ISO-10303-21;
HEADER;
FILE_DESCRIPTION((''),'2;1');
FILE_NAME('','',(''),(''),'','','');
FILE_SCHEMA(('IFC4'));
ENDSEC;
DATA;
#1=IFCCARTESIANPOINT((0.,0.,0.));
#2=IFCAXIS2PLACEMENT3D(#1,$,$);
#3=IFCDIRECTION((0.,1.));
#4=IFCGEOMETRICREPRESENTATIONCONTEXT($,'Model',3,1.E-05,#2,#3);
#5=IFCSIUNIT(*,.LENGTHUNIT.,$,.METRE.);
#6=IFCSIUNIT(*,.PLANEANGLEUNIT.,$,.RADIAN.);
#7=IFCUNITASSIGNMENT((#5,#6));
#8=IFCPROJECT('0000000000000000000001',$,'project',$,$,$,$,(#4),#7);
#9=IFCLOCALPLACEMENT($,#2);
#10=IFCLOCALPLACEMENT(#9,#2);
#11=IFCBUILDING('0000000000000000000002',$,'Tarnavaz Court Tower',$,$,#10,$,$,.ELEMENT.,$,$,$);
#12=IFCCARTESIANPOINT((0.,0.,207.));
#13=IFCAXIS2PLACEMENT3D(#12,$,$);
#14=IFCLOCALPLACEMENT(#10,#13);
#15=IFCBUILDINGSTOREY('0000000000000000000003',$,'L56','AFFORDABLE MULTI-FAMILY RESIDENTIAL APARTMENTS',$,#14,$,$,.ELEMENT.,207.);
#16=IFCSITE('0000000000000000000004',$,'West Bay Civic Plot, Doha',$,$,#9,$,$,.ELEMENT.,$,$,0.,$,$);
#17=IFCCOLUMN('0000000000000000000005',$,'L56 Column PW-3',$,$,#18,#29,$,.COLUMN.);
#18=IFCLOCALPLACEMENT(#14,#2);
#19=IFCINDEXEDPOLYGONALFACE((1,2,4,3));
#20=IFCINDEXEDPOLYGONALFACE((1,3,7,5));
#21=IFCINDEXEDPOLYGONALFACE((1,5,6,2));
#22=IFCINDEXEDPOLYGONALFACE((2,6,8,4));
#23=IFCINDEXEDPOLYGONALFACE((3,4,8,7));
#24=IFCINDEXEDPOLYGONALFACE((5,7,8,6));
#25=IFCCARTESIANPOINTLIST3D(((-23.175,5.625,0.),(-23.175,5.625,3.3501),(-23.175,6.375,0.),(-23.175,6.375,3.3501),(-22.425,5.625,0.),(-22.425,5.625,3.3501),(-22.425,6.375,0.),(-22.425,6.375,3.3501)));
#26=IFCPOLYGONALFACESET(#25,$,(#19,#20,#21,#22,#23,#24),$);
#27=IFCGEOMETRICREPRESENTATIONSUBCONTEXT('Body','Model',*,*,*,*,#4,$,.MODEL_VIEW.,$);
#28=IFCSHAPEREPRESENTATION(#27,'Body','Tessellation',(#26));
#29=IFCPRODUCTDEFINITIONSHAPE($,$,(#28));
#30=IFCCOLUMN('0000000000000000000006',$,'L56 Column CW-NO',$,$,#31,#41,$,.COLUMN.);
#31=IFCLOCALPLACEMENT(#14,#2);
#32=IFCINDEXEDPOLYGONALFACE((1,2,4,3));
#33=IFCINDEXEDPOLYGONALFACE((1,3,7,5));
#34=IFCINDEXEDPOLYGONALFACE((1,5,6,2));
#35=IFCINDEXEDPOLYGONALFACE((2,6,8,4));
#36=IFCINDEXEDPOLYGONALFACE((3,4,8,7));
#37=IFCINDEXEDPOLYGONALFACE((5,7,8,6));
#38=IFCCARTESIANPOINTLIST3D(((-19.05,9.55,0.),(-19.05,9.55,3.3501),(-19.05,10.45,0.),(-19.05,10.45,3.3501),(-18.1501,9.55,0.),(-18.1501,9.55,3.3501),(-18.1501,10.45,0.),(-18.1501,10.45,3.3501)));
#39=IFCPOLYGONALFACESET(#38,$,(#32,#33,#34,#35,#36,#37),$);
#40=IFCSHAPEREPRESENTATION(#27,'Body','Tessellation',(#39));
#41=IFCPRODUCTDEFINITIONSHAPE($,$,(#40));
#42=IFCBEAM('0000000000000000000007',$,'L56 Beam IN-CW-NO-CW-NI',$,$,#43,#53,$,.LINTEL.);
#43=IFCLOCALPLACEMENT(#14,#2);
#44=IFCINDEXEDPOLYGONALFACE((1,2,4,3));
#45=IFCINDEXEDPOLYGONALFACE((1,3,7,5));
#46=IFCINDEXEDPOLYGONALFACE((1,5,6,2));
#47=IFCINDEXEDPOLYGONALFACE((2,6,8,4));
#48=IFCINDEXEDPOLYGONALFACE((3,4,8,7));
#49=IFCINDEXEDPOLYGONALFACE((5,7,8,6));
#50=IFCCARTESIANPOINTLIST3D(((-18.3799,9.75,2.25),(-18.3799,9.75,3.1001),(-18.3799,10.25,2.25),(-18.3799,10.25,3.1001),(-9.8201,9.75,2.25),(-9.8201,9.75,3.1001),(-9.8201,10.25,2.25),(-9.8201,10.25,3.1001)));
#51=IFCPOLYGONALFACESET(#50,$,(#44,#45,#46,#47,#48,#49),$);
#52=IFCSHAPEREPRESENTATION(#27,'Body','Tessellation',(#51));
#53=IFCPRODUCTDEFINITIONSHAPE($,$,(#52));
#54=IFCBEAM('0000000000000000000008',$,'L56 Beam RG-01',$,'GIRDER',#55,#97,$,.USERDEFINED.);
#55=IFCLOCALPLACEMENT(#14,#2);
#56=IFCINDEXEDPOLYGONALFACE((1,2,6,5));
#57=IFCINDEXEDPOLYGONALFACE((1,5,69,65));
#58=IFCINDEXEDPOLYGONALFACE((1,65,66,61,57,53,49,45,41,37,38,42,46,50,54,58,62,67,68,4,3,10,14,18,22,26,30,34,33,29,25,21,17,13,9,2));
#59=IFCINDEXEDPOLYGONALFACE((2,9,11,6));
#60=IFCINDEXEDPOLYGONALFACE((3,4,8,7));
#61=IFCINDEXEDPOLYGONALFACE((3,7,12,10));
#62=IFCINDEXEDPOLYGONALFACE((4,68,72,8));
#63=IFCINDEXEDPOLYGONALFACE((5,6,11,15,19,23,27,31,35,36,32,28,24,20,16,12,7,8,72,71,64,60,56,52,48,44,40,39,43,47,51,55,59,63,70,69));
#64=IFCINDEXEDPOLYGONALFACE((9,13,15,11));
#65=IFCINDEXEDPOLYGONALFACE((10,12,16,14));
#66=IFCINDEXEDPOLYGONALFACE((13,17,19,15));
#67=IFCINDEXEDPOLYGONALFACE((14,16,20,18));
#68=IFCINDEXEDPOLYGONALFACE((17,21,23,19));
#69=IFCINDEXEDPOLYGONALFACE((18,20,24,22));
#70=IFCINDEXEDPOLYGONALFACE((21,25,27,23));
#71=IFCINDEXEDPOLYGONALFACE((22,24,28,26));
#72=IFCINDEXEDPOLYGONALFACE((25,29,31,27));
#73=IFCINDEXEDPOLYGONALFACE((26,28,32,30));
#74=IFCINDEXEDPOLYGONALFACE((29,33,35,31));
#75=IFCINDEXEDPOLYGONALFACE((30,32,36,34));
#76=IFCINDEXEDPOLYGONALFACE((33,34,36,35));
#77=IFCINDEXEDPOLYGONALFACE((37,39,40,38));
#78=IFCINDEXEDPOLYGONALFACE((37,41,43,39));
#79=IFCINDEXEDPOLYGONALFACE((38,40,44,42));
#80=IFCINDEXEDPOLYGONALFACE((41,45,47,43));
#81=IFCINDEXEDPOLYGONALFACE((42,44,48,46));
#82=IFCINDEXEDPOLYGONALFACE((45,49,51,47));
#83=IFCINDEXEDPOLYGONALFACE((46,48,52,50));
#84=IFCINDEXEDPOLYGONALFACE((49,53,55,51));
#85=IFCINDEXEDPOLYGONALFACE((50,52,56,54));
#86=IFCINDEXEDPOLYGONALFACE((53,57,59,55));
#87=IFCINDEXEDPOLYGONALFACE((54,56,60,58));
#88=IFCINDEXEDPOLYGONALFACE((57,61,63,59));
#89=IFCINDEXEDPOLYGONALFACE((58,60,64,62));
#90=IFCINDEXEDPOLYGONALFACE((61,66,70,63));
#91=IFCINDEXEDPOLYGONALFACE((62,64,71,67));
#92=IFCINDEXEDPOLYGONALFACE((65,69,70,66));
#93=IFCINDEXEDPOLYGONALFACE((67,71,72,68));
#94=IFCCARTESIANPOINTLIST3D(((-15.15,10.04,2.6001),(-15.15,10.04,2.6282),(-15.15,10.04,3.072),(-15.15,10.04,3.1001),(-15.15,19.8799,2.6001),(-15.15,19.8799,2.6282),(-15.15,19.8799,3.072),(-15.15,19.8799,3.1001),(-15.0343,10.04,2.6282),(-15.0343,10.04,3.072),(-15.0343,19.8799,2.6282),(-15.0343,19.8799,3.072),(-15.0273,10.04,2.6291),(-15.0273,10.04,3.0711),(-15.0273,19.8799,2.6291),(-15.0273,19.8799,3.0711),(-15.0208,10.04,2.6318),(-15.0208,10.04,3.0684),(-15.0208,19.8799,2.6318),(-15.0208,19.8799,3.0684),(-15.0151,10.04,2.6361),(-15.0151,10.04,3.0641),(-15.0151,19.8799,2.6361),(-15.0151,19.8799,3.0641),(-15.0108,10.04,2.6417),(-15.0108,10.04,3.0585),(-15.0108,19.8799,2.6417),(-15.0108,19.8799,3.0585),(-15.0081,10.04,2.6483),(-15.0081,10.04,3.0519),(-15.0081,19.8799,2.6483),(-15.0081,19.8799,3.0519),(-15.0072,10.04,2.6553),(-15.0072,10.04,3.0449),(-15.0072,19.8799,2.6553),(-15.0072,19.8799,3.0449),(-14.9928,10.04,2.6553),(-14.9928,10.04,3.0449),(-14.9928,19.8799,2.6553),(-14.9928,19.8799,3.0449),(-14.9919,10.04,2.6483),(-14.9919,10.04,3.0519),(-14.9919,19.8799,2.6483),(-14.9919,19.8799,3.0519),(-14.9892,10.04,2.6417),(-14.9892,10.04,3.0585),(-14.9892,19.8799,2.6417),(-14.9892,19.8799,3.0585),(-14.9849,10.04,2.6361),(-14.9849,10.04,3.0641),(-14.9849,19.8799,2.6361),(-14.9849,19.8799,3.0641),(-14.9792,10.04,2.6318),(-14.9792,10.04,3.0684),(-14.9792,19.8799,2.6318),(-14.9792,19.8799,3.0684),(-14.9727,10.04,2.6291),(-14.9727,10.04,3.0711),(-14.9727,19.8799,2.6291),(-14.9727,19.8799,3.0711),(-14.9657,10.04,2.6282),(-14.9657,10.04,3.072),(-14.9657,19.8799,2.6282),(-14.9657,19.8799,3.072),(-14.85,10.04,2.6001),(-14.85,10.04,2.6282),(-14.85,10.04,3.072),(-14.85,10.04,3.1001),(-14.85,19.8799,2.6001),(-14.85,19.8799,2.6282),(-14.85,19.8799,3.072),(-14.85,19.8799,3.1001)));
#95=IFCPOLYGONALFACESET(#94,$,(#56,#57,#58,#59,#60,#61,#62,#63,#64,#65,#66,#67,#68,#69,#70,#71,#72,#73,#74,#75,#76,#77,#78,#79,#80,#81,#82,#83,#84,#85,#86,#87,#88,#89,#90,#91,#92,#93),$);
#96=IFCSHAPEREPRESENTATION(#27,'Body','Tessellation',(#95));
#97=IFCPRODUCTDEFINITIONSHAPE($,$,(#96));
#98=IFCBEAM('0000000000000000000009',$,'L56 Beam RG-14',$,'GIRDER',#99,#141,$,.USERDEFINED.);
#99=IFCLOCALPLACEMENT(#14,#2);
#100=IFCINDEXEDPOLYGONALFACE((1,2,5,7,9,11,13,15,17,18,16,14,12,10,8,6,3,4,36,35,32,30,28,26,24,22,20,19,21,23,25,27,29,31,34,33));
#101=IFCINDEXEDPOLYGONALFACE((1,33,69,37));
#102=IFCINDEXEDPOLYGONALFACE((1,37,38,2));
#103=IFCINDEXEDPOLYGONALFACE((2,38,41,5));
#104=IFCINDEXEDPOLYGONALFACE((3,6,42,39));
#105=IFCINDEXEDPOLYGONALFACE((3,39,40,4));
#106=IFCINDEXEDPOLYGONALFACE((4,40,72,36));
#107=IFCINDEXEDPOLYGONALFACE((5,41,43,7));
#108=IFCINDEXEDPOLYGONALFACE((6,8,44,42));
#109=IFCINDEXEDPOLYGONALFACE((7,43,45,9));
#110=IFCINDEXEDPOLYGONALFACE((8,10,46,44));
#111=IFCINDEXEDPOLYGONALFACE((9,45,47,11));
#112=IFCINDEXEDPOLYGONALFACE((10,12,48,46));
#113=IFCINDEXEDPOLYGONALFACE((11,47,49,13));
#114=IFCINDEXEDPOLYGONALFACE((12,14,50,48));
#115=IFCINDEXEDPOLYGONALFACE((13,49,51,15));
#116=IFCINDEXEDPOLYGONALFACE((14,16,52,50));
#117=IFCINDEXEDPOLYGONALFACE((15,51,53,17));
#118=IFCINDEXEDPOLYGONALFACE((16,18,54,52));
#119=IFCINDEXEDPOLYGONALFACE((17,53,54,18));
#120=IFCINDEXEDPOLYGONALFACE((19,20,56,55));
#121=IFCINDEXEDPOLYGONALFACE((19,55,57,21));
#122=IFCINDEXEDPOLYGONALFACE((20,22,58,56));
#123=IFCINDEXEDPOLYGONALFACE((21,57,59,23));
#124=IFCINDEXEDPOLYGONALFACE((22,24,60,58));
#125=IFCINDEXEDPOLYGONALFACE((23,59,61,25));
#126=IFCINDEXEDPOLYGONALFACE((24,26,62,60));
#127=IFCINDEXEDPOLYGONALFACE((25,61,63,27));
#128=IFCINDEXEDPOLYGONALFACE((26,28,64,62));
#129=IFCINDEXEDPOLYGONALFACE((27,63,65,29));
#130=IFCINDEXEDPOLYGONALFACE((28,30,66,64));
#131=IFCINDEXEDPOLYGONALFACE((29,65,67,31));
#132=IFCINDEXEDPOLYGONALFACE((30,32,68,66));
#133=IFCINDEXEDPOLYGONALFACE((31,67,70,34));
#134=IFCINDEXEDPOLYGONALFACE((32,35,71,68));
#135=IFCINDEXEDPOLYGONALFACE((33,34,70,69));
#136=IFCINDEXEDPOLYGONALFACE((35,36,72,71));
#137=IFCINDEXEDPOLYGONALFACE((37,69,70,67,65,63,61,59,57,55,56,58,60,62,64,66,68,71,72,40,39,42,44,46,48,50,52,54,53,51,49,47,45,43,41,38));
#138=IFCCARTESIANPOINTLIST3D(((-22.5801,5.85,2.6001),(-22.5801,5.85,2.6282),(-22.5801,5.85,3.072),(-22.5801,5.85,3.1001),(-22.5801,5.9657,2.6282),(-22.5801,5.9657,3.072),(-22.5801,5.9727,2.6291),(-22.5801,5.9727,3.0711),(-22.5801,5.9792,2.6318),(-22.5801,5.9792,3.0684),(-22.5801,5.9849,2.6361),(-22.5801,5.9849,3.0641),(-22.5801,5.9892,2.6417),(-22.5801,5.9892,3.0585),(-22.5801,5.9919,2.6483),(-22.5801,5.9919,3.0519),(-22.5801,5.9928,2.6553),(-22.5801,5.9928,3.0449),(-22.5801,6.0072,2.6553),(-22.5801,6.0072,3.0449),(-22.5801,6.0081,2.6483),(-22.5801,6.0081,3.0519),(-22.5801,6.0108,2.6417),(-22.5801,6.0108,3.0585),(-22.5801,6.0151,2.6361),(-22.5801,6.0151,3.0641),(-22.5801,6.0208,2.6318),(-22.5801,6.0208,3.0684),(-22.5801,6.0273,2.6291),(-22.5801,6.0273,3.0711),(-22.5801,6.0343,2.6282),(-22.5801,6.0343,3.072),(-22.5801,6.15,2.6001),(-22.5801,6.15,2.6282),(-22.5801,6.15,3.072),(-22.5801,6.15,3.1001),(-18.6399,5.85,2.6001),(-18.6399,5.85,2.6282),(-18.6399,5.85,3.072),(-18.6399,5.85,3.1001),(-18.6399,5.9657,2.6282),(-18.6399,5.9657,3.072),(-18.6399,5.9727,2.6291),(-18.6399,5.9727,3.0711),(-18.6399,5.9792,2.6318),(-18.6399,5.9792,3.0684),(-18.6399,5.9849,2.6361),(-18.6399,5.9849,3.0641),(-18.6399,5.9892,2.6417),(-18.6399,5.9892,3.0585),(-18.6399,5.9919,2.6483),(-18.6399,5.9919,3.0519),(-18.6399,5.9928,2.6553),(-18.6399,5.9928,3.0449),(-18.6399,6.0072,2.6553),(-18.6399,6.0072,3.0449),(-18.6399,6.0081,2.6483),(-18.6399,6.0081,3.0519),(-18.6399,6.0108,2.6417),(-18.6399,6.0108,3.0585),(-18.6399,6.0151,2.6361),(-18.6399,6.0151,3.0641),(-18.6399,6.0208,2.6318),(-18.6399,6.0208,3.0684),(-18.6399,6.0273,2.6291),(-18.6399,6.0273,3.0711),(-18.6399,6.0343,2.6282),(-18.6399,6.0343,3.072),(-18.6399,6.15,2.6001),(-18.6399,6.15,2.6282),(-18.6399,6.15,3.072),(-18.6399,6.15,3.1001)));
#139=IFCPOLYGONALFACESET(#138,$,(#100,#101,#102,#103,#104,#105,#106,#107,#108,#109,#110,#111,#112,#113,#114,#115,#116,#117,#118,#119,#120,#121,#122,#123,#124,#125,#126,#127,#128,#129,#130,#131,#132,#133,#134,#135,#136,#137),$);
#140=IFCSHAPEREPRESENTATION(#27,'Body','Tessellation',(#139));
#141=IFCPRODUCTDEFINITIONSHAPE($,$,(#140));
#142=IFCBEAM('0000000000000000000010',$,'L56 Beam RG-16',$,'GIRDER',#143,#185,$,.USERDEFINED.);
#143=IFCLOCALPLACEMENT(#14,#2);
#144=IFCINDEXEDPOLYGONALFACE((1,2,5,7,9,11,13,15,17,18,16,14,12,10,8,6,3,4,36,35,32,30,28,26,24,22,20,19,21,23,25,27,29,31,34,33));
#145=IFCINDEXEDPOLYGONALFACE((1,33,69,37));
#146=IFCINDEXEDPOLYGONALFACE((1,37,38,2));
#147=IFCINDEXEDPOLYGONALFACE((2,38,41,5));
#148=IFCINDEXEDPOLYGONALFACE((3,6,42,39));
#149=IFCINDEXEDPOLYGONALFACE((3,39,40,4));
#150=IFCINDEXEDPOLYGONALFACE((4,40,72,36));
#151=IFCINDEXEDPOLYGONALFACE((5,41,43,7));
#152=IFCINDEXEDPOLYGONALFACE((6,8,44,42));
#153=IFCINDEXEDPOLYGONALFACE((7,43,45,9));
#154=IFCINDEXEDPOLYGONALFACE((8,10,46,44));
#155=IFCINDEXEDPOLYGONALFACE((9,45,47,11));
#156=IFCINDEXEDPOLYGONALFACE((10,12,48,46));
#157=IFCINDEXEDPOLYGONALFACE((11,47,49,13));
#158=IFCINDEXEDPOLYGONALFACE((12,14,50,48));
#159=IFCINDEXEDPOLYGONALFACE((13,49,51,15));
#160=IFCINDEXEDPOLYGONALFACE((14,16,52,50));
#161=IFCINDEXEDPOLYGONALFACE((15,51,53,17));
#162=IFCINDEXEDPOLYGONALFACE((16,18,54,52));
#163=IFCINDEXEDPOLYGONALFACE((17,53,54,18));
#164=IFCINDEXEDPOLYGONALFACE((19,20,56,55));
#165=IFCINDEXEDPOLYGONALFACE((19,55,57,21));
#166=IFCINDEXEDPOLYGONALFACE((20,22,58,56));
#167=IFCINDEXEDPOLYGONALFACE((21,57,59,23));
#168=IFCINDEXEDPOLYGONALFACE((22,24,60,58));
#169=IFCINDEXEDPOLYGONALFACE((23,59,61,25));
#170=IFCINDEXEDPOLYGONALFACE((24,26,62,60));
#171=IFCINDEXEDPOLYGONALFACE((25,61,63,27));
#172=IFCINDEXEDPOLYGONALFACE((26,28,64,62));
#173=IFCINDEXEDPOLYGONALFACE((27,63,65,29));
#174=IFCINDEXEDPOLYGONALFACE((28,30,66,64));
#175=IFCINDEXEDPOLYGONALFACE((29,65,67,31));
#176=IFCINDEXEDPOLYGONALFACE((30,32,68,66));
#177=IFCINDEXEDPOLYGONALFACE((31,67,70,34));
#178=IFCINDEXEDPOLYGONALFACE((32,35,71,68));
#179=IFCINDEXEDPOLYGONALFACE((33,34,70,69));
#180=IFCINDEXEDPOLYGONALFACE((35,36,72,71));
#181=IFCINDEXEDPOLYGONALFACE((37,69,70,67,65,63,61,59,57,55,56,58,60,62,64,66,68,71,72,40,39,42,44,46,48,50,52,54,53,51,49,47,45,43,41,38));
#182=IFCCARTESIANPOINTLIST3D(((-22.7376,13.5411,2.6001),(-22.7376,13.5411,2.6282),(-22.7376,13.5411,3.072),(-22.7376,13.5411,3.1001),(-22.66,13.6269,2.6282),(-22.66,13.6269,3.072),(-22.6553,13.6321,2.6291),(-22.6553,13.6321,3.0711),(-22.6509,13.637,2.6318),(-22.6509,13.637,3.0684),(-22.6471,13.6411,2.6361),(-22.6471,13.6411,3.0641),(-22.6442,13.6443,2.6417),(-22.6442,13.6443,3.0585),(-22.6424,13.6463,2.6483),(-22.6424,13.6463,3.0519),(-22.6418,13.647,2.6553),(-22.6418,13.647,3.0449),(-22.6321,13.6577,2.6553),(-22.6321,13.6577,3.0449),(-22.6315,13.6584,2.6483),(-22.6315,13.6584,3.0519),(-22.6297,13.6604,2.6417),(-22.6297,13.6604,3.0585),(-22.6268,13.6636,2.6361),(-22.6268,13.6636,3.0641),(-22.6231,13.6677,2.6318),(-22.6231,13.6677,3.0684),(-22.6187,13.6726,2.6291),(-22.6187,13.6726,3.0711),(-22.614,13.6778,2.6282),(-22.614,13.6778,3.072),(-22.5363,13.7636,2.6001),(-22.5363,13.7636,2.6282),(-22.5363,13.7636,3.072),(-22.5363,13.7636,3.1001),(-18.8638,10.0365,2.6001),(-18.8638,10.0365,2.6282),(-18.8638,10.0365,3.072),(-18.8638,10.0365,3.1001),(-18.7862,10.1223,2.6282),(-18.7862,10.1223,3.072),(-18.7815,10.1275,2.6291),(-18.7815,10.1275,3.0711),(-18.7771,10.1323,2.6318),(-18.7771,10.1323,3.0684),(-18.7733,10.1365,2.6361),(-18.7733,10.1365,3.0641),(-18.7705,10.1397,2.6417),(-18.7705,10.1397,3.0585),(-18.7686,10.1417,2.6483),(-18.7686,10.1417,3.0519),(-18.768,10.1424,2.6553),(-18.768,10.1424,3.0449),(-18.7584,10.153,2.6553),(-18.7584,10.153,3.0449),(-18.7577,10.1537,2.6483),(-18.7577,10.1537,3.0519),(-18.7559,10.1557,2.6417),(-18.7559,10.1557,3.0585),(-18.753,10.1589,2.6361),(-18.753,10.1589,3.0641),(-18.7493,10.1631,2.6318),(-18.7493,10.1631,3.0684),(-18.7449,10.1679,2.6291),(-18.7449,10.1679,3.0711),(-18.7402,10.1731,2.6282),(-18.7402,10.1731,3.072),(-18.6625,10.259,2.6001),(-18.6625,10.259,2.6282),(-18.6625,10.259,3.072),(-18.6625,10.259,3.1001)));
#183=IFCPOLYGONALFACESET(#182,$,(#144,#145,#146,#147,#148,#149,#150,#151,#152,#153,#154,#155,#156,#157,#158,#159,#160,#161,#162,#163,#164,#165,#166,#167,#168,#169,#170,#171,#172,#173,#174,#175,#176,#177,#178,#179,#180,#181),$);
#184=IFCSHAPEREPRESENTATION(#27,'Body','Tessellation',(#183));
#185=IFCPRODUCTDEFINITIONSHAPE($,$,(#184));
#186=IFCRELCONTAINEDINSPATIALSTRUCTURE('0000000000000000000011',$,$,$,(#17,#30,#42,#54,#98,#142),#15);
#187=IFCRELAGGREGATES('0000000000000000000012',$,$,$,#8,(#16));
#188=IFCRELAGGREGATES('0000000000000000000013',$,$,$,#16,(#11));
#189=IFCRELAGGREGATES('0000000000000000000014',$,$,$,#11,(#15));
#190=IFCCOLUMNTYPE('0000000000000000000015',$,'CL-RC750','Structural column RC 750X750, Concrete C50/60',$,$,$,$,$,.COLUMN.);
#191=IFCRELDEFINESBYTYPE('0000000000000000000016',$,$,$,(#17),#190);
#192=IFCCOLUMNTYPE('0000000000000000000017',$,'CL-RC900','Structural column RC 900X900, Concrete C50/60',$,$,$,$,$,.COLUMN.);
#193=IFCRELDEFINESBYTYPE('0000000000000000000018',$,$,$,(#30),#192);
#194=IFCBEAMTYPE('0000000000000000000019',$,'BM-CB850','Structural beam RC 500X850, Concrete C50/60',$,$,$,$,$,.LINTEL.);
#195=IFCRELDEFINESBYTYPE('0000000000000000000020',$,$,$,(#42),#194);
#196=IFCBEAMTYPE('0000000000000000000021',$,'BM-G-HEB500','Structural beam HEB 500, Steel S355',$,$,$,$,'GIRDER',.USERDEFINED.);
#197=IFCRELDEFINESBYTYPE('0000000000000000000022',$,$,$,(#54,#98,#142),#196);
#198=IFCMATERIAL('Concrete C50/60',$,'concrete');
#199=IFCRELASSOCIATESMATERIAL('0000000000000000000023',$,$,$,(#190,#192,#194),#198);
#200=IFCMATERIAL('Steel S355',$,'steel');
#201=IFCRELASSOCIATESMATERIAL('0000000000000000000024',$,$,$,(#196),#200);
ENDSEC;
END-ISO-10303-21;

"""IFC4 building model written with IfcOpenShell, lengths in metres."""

from ifc_helpers import new_model, si_unit, direction, frame, origin, origin_2d, place, context, subcontext, project, spatial, rectangle, i_section, extrude, material, material_profile, profile_set, type_object, element, save


model = new_model("IFC4")

# Units and contexts
model_context = context("Model", 3, precision=1e-05, world=origin(), true_north=direction((0.0, 1.0)))
body_context = subcontext(model_context, "Body", "Model", "MODEL_VIEW")
ifc_project = project(units=[si_unit("LENGTHUNIT", "METRE"), si_unit("PLANEANGLEUNIT", "RADIAN")], contexts=[model_context])

# Site, building, storey
site_placement = place(None, origin())
site = spatial("IfcSite", under=ifc_project, at=site_placement, Name="West Bay Civic Plot, Doha", CompositionType="ELEMENT", RefElevation=0.0)
building_placement = place(site_placement, origin())
building = spatial("IfcBuilding", under=site, at=building_placement, Name="Tarnavaz Court Tower", CompositionType="ELEMENT")
storey_placement = place(building_placement, frame((0.0, 0.0, 207.0)))
storey = spatial("IfcBuildingStorey", under=building, at=storey_placement, Name="L56", Description="AFFORDABLE MULTI-FAMILY RESIDENTIAL APARTMENTS", CompositionType="ELEMENT", Elevation=207.0)

# Columns
ifc_material_1 = material(Name="Concrete C50/60", Category="concrete")
ifc_material_profile_1 = material_profile(ifc_material_1, rectangle(XDim=0.75, YDim=0.75, at=origin_2d()), Name="RC 750X750")
ifc_profile_set_1 = profile_set([ifc_material_profile_1], Name="Concrete C50/60")
column_type_1 = type_object("IfcColumnType", Name="CL-RC750", Description="Structural column RC 750X750, Concrete C50/60", PredefinedType="COLUMN", material=ifc_profile_set_1)
column_1_placement = place(storey_placement, frame((-22.8, 6.0, 0.0), z_axis=(0.0, 0.0, 1.0), x_axis=(1.0, 0.0, 0.0)))
element("IfcColumn", 1, at=column_1_placement, inside=storey, type_object=column_type_1, Name="L56 Column PW-3", PredefinedType="COLUMN", context=body_context, shape_type="SweptSolid", body=[
    extrude(rectangle(XDim=0.75, YDim=0.75, at=origin_2d()), origin(), (0.0, 0.0, 1.0), 3.3501),
])
ifc_material_profile_2 = material_profile(ifc_material_1, rectangle(XDim=0.8999, YDim=0.8999, at=origin_2d()), Name="RC 900X900")
ifc_profile_set_2 = profile_set([ifc_material_profile_2], Name="Concrete C50/60")
column_type_2 = type_object("IfcColumnType", Name="CL-RC900", Description="Structural column RC 900X900, Concrete C50/60", PredefinedType="COLUMN", material=ifc_profile_set_2)
column_2_placement = place(storey_placement, frame((-18.6001, 10.0, 0.0), z_axis=(0.0, 0.0, 1.0), x_axis=(1.0, 0.0, 0.0)))
element("IfcColumn", 2, at=column_2_placement, inside=storey, type_object=column_type_2, Name="L56 Column CW-NO", PredefinedType="COLUMN", context=body_context, shape_type="SweptSolid", body=[
    extrude(rectangle(XDim=0.8999, YDim=0.8999, at=origin_2d()), origin(), (0.0, 0.0, 1.0), 3.3501),
])

# Beams
ifc_material_profile_3 = material_profile(ifc_material_1, rectangle(XDim=0.5, YDim=0.8501, at=origin_2d()), Name="RC 500X850")
ifc_profile_set_3 = profile_set([ifc_material_profile_3], Name="Concrete C50/60")
beam_type_1 = type_object("IfcBeamType", Name="BM-CB850", Description="Structural beam RC 500X850, Concrete C50/60", PredefinedType="LINTEL", material=ifc_profile_set_3)
beam_1_placement = place(storey_placement, frame((-18.3799, 10.0, 2.675), z_axis=(1.0, 0.0, 0.0), x_axis=(0.0, 1.0, 0.0)))
element("IfcBeam", 3, at=beam_1_placement, inside=storey, type_object=beam_type_1, Name="L56 Beam IN-CW-NO-CW-NI", PredefinedType="LINTEL", context=body_context, shape_type="SweptSolid", body=[
    extrude(rectangle(XDim=0.5, YDim=0.8501, at=origin_2d()), origin(), (0.0, 0.0, 1.0), 8.5598),
])
ifc_material_2 = material(Name="Steel S355", Category="steel")
ifc_material_profile_4 = material_profile(ifc_material_2, i_section(OverallWidth=0.3, OverallDepth=0.5, WebThickness=0.0144, FlangeThickness=0.0281, FilletRadius=0.0271, at=origin_2d()), Name="HEB 500")
ifc_profile_set_4 = profile_set([ifc_material_profile_4], Name="Steel S355")
beam_type_2 = type_object("IfcBeamType", Name="BM-G-HEB500", Description="Structural beam HEB 500, Steel S355", ElementType="GIRDER", PredefinedType="USERDEFINED", material=ifc_profile_set_4)
beam_2_placement = place(storey_placement, frame((-15.0, 10.04, 2.8501), z_axis=(0.0, 1.0, 0.0), x_axis=(-1.0, 0.0, 0.0)))
element("IfcBeam", 4, at=beam_2_placement, inside=storey, type_object=beam_type_2, Name="L56 Beam RG-01", ObjectType="GIRDER", PredefinedType="USERDEFINED", context=body_context, shape_type="SweptSolid", body=[
    extrude(i_section(OverallWidth=0.3, OverallDepth=0.5, WebThickness=0.0144, FlangeThickness=0.0281, FilletRadius=0.0271, at=origin_2d()), origin(), (0.0, 0.0, 1.0), 9.8398),
])
beam_3_placement = place(storey_placement, frame((-18.6399, 6.0, 2.8501), z_axis=(-1.0, 0.0, 0.0), x_axis=(0.0, -1.0, 0.0)))
element("IfcBeam", 5, at=beam_3_placement, inside=storey, type_object=beam_type_2, Name="L56 Beam RG-14", ObjectType="GIRDER", PredefinedType="USERDEFINED", context=body_context, shape_type="SweptSolid", body=[
    extrude(i_section(OverallWidth=0.3, OverallDepth=0.5, WebThickness=0.0144, FlangeThickness=0.0281, FilletRadius=0.0271, at=origin_2d()), origin(), (0.0, 0.0, 1.0), 3.9402),
])
beam_4_placement = place(storey_placement, frame((-18.7632, 10.1477, 2.8501), z_axis=(-0.741556, 0.670891, 0.0), x_axis=(-0.670891, -0.741556, 0.0)))
element("IfcBeam", 6, at=beam_4_placement, inside=storey, type_object=beam_type_2, Name="L56 Beam RG-16", ObjectType="GIRDER", PredefinedType="USERDEFINED", context=body_context, shape_type="SweptSolid", body=[
    extrude(i_section(OverallWidth=0.3, OverallDepth=0.5, WebThickness=0.0144, FlangeThickness=0.0281, FilletRadius=0.0271, at=origin_2d()), origin(), (0.0, 0.0, 1.0), 5.2239),
])

save(model, "model.ifc")
